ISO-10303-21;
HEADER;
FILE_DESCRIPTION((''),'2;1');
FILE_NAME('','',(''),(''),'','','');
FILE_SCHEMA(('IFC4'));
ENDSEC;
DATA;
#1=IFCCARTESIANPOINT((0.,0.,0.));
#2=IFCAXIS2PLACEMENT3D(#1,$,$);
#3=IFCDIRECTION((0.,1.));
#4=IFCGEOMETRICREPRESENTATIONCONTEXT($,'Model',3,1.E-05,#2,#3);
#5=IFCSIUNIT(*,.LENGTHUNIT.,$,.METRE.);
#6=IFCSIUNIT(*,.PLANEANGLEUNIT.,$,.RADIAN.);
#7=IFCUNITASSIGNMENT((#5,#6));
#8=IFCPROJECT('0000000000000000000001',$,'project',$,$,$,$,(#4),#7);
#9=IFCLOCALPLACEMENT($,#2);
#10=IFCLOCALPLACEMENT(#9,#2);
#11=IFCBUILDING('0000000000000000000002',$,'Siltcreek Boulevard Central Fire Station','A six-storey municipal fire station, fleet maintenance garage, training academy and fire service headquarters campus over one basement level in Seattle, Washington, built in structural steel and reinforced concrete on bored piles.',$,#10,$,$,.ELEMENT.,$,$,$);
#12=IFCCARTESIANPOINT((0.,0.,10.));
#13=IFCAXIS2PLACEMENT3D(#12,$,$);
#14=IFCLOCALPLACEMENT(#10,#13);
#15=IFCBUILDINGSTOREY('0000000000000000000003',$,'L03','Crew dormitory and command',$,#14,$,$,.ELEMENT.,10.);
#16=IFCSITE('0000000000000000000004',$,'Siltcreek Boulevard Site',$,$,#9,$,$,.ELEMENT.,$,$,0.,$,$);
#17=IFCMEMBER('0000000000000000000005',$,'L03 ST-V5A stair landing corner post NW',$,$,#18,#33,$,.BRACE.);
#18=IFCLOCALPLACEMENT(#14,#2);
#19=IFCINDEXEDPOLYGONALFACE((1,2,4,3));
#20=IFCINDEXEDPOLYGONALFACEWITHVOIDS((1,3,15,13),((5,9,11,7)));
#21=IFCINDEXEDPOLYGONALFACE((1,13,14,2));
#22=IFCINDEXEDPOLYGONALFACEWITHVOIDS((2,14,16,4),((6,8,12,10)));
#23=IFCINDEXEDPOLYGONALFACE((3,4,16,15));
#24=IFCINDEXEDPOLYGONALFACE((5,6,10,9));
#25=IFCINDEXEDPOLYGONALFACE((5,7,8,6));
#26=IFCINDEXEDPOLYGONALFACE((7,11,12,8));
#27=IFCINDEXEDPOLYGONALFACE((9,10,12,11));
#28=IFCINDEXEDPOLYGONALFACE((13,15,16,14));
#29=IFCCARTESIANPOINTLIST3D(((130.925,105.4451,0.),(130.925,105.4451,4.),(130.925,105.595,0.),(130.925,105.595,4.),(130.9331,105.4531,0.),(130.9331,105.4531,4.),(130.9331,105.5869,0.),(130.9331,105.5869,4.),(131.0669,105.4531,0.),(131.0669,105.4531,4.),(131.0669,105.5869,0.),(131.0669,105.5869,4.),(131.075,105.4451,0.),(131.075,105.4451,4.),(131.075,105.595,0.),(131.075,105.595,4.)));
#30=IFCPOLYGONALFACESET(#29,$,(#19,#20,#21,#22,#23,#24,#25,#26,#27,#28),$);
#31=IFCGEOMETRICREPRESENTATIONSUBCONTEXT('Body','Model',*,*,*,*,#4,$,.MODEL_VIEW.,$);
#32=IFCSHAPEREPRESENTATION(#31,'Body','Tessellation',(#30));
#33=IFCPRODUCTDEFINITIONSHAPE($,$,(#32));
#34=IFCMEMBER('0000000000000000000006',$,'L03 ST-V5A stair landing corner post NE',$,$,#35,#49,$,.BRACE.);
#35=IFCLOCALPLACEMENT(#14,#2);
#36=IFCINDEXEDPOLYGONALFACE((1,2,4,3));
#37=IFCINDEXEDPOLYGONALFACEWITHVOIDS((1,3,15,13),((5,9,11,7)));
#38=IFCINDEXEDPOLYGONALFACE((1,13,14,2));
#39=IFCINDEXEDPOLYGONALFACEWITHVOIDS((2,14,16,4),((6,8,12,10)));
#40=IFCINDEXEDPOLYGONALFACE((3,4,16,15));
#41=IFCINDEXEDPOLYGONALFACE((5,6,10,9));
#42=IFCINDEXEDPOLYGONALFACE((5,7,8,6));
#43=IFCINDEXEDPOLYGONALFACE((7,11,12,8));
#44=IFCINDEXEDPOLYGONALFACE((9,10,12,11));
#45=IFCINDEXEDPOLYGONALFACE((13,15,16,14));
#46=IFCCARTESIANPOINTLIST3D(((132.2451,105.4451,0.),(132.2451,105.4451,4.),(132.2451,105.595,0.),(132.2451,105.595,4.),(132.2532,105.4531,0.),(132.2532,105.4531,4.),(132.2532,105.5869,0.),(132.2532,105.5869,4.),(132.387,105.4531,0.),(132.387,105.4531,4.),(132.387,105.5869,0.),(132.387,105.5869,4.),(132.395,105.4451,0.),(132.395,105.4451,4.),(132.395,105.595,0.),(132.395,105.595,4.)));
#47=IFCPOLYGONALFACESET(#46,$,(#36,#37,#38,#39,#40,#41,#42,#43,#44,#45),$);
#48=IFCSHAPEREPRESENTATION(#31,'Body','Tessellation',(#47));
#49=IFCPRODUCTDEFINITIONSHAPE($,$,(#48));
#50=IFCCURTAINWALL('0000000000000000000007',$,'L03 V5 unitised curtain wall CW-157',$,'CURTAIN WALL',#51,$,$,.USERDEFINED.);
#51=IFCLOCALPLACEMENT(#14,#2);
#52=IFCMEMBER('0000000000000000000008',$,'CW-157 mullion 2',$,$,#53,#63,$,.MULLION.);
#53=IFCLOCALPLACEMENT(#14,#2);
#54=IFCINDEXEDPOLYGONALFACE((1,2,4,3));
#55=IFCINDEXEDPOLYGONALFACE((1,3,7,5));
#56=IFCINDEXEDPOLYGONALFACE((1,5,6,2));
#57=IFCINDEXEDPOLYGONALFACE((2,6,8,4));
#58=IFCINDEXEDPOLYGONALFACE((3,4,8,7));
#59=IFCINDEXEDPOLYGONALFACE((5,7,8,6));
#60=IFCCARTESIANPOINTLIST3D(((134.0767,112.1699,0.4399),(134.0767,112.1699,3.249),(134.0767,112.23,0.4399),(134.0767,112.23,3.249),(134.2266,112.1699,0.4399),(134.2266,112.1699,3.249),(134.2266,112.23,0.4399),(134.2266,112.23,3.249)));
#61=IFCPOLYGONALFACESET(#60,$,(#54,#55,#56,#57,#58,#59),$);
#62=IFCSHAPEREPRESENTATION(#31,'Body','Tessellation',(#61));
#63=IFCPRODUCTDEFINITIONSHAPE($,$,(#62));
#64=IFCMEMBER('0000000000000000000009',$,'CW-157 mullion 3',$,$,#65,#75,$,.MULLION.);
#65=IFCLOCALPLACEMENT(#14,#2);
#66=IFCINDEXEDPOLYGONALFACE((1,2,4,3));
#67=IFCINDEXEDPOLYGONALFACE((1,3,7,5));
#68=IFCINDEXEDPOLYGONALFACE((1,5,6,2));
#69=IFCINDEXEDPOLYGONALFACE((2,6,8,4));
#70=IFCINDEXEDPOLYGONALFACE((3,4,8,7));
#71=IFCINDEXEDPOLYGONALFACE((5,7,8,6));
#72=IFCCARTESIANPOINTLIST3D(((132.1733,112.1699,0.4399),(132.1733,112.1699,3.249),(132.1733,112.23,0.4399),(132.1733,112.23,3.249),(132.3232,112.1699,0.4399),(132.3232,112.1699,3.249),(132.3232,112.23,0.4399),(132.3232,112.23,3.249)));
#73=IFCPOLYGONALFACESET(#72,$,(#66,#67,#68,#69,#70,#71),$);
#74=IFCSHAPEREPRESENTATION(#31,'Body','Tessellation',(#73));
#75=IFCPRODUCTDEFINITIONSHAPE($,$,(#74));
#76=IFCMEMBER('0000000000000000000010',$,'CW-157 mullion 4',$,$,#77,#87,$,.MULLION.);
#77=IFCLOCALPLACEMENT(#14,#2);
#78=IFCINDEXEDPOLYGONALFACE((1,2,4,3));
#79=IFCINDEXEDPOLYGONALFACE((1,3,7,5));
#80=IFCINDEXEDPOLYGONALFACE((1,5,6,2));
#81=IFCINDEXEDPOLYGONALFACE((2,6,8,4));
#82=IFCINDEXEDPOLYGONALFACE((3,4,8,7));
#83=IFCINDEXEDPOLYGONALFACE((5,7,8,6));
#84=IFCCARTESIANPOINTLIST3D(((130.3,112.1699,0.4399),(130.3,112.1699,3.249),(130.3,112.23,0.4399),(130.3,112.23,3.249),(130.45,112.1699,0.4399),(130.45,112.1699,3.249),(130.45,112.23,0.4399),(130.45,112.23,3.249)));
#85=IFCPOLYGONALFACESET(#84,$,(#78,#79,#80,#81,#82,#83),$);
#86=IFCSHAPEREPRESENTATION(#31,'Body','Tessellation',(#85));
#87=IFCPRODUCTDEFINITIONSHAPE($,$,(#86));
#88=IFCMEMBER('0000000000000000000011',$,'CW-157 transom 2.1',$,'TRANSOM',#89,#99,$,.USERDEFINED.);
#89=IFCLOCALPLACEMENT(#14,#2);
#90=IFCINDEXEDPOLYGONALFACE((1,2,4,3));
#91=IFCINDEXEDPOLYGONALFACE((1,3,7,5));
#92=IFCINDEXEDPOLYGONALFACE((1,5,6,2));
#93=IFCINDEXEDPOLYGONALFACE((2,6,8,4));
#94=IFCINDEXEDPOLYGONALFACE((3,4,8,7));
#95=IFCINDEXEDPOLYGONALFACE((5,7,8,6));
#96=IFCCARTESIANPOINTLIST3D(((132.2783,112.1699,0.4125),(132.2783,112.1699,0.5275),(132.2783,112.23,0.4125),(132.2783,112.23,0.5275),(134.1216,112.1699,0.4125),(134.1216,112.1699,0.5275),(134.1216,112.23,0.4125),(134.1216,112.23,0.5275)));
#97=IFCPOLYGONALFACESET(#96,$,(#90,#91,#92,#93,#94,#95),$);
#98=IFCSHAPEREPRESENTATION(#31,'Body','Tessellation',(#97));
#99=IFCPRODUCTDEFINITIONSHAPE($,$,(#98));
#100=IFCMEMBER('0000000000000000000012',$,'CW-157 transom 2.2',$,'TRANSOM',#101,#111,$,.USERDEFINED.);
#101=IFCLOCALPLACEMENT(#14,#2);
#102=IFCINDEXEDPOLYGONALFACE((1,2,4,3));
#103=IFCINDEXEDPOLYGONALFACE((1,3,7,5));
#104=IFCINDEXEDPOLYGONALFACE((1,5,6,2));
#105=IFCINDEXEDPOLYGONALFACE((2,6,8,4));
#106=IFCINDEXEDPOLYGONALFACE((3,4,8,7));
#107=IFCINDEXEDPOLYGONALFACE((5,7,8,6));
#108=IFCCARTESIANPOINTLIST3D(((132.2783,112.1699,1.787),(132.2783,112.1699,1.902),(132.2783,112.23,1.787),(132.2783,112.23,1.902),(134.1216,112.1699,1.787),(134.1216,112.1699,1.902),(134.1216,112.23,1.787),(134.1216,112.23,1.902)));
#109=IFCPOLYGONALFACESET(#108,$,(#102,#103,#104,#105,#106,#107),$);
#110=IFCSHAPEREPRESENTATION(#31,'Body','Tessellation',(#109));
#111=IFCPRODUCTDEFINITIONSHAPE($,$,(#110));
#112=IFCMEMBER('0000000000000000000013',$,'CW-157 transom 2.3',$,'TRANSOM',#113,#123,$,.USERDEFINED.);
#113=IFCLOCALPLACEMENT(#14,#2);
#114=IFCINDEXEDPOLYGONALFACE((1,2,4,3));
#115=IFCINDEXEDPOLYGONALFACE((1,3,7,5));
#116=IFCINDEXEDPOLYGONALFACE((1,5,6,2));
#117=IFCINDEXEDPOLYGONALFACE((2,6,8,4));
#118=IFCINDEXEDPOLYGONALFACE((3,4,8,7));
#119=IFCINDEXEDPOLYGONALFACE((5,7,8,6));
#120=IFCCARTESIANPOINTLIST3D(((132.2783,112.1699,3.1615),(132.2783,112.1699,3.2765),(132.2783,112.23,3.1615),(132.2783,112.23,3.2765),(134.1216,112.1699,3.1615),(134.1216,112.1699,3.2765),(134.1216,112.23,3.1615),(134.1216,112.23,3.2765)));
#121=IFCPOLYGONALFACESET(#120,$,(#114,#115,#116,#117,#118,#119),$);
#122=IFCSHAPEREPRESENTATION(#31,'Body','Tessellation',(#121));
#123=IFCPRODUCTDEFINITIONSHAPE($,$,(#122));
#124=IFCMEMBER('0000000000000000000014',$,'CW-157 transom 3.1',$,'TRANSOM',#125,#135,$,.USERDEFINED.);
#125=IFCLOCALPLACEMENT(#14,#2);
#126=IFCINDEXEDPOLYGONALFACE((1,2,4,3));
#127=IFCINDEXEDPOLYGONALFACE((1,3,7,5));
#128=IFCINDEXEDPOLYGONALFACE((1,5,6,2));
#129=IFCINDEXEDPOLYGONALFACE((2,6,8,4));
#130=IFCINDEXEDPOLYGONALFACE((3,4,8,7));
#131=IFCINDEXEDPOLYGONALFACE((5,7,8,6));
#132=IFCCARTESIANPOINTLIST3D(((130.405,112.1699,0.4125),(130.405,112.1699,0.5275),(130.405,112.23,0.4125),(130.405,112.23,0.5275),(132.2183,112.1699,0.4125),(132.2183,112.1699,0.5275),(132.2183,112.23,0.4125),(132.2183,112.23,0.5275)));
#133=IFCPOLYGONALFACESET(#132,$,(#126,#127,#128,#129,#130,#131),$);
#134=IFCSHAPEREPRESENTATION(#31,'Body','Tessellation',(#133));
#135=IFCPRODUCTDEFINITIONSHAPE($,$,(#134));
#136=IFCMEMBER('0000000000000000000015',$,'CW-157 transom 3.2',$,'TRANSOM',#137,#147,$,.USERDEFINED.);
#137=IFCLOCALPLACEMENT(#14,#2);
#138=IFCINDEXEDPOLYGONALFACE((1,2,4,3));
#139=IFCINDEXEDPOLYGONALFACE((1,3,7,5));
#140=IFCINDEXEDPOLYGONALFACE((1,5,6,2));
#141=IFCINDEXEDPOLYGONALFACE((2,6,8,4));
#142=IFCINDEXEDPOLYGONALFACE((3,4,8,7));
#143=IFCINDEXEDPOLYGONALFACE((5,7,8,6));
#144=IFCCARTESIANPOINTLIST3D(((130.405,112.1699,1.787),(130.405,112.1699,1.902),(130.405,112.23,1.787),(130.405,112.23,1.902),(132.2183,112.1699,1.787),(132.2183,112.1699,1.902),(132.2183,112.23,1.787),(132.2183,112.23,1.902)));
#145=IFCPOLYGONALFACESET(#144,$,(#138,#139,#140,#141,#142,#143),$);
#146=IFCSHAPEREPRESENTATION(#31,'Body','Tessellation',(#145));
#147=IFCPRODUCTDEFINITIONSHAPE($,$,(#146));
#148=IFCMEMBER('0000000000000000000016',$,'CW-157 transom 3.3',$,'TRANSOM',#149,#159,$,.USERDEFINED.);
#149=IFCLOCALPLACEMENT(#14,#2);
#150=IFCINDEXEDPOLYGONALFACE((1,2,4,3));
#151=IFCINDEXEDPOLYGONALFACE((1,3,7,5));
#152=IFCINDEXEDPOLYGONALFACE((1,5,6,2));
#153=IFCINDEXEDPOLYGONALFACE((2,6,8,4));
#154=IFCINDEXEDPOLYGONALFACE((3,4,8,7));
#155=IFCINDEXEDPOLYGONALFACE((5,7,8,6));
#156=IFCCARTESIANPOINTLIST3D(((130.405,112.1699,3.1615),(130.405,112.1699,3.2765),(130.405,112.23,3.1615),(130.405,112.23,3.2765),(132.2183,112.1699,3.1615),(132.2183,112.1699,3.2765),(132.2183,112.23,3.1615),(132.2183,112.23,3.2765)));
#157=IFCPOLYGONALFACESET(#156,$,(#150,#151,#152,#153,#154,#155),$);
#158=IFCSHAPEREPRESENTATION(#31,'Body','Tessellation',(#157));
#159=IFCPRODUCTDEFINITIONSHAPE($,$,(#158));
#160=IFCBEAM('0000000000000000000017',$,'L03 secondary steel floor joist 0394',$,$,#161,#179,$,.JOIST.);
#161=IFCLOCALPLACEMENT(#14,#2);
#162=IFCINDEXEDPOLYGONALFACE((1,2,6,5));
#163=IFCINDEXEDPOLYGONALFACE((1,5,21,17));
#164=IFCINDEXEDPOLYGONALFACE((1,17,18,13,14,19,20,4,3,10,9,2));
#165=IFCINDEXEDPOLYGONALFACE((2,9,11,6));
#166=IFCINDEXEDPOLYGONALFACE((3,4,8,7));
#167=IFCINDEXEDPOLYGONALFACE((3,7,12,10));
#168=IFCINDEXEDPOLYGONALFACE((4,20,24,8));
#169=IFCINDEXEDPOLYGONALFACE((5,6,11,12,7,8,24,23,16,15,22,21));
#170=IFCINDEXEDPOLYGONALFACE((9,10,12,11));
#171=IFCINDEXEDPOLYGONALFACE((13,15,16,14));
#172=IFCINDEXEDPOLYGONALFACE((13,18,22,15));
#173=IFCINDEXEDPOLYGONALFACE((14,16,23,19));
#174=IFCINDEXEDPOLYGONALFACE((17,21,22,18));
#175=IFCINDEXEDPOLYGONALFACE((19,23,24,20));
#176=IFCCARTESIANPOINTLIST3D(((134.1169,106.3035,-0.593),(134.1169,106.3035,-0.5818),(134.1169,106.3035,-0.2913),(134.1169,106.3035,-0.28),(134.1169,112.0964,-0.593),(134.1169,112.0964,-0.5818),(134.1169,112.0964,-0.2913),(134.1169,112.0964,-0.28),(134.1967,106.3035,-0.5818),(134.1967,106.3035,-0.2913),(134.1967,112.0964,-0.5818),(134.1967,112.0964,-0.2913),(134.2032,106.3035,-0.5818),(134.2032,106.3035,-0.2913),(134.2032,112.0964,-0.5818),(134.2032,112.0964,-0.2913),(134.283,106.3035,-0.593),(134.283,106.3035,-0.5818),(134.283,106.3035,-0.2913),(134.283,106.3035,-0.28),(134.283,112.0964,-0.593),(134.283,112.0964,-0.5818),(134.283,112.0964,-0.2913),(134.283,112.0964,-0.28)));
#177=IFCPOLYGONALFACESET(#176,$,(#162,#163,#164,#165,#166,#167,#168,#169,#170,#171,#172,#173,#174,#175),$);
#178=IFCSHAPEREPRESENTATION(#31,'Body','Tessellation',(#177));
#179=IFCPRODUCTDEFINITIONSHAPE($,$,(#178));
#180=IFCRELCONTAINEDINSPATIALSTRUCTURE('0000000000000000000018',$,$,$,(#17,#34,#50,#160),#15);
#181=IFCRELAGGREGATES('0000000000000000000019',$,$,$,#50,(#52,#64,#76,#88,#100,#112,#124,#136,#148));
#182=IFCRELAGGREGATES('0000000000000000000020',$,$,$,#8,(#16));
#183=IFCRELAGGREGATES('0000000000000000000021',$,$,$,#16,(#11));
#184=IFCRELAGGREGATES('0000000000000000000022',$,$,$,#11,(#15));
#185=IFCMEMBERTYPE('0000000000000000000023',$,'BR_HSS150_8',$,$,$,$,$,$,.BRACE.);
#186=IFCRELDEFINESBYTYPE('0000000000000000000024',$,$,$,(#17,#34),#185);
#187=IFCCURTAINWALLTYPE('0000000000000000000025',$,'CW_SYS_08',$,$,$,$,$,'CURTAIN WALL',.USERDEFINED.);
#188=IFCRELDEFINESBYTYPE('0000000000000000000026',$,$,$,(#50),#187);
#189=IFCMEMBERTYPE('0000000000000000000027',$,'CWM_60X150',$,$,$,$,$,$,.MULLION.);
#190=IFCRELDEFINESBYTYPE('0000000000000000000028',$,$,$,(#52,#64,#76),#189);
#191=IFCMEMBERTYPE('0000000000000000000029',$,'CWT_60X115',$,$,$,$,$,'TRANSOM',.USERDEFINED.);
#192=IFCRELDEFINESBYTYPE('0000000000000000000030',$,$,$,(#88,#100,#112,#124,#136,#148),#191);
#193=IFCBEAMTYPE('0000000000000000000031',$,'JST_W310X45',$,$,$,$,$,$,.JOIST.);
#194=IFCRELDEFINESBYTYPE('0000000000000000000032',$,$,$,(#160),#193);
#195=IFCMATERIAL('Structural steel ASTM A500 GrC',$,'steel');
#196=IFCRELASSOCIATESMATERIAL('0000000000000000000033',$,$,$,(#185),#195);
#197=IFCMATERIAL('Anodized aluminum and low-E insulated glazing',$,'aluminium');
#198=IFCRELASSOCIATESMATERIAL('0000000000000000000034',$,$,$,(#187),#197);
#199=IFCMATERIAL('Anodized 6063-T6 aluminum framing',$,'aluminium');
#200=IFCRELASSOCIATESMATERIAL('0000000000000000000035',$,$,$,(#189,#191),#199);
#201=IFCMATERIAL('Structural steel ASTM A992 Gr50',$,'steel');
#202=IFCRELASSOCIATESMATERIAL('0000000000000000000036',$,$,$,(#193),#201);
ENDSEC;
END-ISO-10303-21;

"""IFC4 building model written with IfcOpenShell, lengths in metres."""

from ifc_helpers import new_model, si_unit, direction, frame, origin, origin_2d, place, context, subcontext, project, spatial, rectangle, hollow_rectangle, i_section, extrude, material, material_profile, profile_set, type_object, element, aggregate, save


model = new_model("IFC4")

# Units and contexts
model_context = context("Model", 3, precision=1e-05, world=origin(), true_north=direction((0.0, 1.0)))
body_context = subcontext(model_context, "Body", "Model", "MODEL_VIEW")
ifc_project = project(units=[si_unit("LENGTHUNIT", "METRE"), si_unit("PLANEANGLEUNIT", "RADIAN")], contexts=[model_context])

# Site, building, storey
site_placement = place(None, origin())
site = spatial("IfcSite", under=ifc_project, at=site_placement, Name="Siltcreek Boulevard Site", CompositionType="ELEMENT", RefElevation=0.0)
building_placement = place(site_placement, origin())
building = spatial("IfcBuilding", under=site, at=building_placement, Name="Siltcreek Boulevard Central Fire Station", Description="A six-storey municipal fire station, fleet maintenance garage, training academy and fire service headquarters campus over one basement level in Seattle, Washington, built in structural steel and reinforced concrete on bored piles.", CompositionType="ELEMENT")
storey_placement = place(building_placement, frame((0.0, 0.0, 10.0)))
storey = spatial("IfcBuildingStorey", under=building, at=storey_placement, Name="L03", Description="Crew dormitory and command", CompositionType="ELEMENT", Elevation=10.0)

# Members
ifc_material_1 = material(Name="Structural steel ASTM A500 GrC", Category="steel")
ifc_material_profile_1 = material_profile(ifc_material_1, hollow_rectangle(XDim=0.1499, YDim=0.1499, WallThickness=0.0081, at=origin_2d()), Name="HSS150X150X8.0")
ifc_profile_set_1 = profile_set([ifc_material_profile_1], Name="Structural steel ASTM A500 GrC")
member_type_1 = type_object("IfcMemberType", Name="BR_HSS150_8", PredefinedType="BRACE", material=ifc_profile_set_1)
for number, where, z_axis, x_axis, name in (
    (1, (131.0, 105.52, 0.0), (0.0, 0.0, 1.0), (1.0, 0.0, 0.0), "L03 ST-V5A stair landing corner post NW"),
    (2, (132.3201, 105.52, 0.0), (0.0, 0.0, 1.0), (1.0, 0.0, 0.0), "L03 ST-V5A stair landing corner post NE"),
):
    element("IfcMember", number, at=place(storey_placement, frame(where, z_axis=z_axis, x_axis=x_axis)), inside=storey, type_object=member_type_1, Name=name, PredefinedType="BRACE", context=body_context, shape_type="SweptSolid", body=[
        extrude(hollow_rectangle(XDim=0.1499, YDim=0.1499, WallThickness=0.0081, at=origin_2d()), origin(), (0.0, 0.0, 1.0), 4.0),
    ])

# Curtain wall, members
ifc_material_2 = material(Name="Anodized aluminum and low-E insulated glazing", Category="aluminium")
curtain_wall_type = type_object("IfcCurtainWallType", Name="CW_SYS_08", ElementType="CURTAIN WALL", PredefinedType="USERDEFINED", material=ifc_material_2)
curtain_wall_placement = place(storey_placement, origin())
curtain_wall = element("IfcCurtainWall", 3, at=curtain_wall_placement, inside=storey, type_object=curtain_wall_type, Name="L03 V5 unitised curtain wall CW-157", ObjectType="CURTAIN WALL", PredefinedType="USERDEFINED")
ifc_material_3 = material(Name="Anodized 6063-T6 aluminum framing", Category="aluminium")
ifc_material_profile_2 = material_profile(ifc_material_3, rectangle(XDim=0.0601, YDim=0.1499, at=origin_2d()), Name="MULL60X150")
ifc_profile_set_2 = profile_set([ifc_material_profile_2], Name="Anodized 6063-T6 aluminum framing")
member_type_2 = type_object("IfcMemberType", Name="CWM_60X150", PredefinedType="MULLION", material=ifc_profile_set_2)
member_1_placement = place(storey_placement, frame((134.1516, 112.2, 0.4399), z_axis=(0.0, 0.0, 1.0), x_axis=(0.0, -1.0, 0.0)))
member_1 = element("IfcMember", 4, at=member_1_placement, type_object=member_type_2, Name="CW-157 mullion 2", PredefinedType="MULLION", context=body_context, shape_type="SweptSolid", body=[
    extrude(rectangle(XDim=0.0601, YDim=0.1499, at=origin_2d()), origin(), (0.0, 0.0, 1.0), 2.8091),
])
member_2_placement = place(storey_placement, frame((132.2483, 112.2, 0.4399), z_axis=(0.0, 0.0, 1.0), x_axis=(0.0, -1.0, 0.0)))
member_2 = element("IfcMember", 5, at=member_2_placement, type_object=member_type_2, Name="CW-157 mullion 3", PredefinedType="MULLION", context=body_context, shape_type="SweptSolid", body=[
    extrude(rectangle(XDim=0.0601, YDim=0.1499, at=origin_2d()), origin(), (0.0, 0.0, 1.0), 2.8091),
])
member_3_placement = place(storey_placement, frame((130.375, 112.2, 0.4399), z_axis=(0.0, 0.0, 1.0), x_axis=(0.0, -1.0, 0.0)))
member_3 = element("IfcMember", 6, at=member_3_placement, type_object=member_type_2, Name="CW-157 mullion 4", PredefinedType="MULLION", context=body_context, shape_type="SweptSolid", body=[
    extrude(rectangle(XDim=0.0601, YDim=0.1499, at=origin_2d()), origin(), (0.0, 0.0, 1.0), 2.8091),
])
ifc_material_profile_3 = material_profile(ifc_material_3, rectangle(XDim=0.0601, YDim=0.115, at=origin_2d()), Name="TRAN60X115")
ifc_profile_set_3 = profile_set([ifc_material_profile_3], Name="Anodized 6063-T6 aluminum framing")
member_type_3 = type_object("IfcMemberType", Name="CWT_60X115", ElementType="TRANSOM", PredefinedType="USERDEFINED", material=ifc_profile_set_3)
member_4_placement = place(storey_placement, frame((134.1216, 112.2, 0.47), z_axis=(-1.0, 0.0, 0.0), x_axis=(0.0, -1.0, 0.0)))
member_4 = element("IfcMember", 7, at=member_4_placement, type_object=member_type_3, Name="CW-157 transom 2.1", ObjectType="TRANSOM", PredefinedType="USERDEFINED", context=body_context, shape_type="SweptSolid", body=[
    extrude(rectangle(XDim=0.0601, YDim=0.115, at=origin_2d()), origin(), (0.0, 0.0, 1.0), 1.8433),
])
member_5_placement = place(storey_placement, frame((134.1216, 112.2, 1.8445), z_axis=(-1.0, 0.0, 0.0), x_axis=(0.0, -1.0, 0.0)))
member_5 = element("IfcMember", 8, at=member_5_placement, type_object=member_type_3, Name="CW-157 transom 2.2", ObjectType="TRANSOM", PredefinedType="USERDEFINED", context=body_context, shape_type="SweptSolid", body=[
    extrude(rectangle(XDim=0.0601, YDim=0.115, at=origin_2d()), origin(), (0.0, 0.0, 1.0), 1.8433),
])
member_6_placement = place(storey_placement, frame((134.1216, 112.2, 3.219), z_axis=(-1.0, 0.0, 0.0), x_axis=(0.0, -1.0, 0.0)))
member_6 = element("IfcMember", 9, at=member_6_placement, type_object=member_type_3, Name="CW-157 transom 2.3", ObjectType="TRANSOM", PredefinedType="USERDEFINED", context=body_context, shape_type="SweptSolid", body=[
    extrude(rectangle(XDim=0.0601, YDim=0.115, at=origin_2d()), origin(), (0.0, 0.0, 1.0), 1.8433),
])
member_7_placement = place(storey_placement, frame((132.2183, 112.2, 0.47), z_axis=(-1.0, 0.0, 0.0), x_axis=(0.0, -1.0, 0.0)))
member_7 = element("IfcMember", 10, at=member_7_placement, type_object=member_type_3, Name="CW-157 transom 3.1", ObjectType="TRANSOM", PredefinedType="USERDEFINED", context=body_context, shape_type="SweptSolid", body=[
    extrude(rectangle(XDim=0.0601, YDim=0.115, at=origin_2d()), origin(), (0.0, 0.0, 1.0), 1.8132),
])
member_8_placement = place(storey_placement, frame((132.2183, 112.2, 1.8445), z_axis=(-1.0, 0.0, 0.0), x_axis=(0.0, -1.0, 0.0)))
member_8 = element("IfcMember", 11, at=member_8_placement, type_object=member_type_3, Name="CW-157 transom 3.2", ObjectType="TRANSOM", PredefinedType="USERDEFINED", context=body_context, shape_type="SweptSolid", body=[
    extrude(rectangle(XDim=0.0601, YDim=0.115, at=origin_2d()), origin(), (0.0, 0.0, 1.0), 1.8132),
])
member_9_placement = place(storey_placement, frame((132.2183, 112.2, 3.219), z_axis=(-1.0, 0.0, 0.0), x_axis=(0.0, -1.0, 0.0)))
member_9 = element("IfcMember", 12, at=member_9_placement, type_object=member_type_3, Name="CW-157 transom 3.3", ObjectType="TRANSOM", PredefinedType="USERDEFINED", context=body_context, shape_type="SweptSolid", body=[
    extrude(rectangle(XDim=0.0601, YDim=0.115, at=origin_2d()), origin(), (0.0, 0.0, 1.0), 1.8132),
])

# Beam
ifc_material_4 = material(Name="Structural steel ASTM A992 Gr50", Category="steel")
ifc_material_profile_4 = material_profile(ifc_material_4, i_section(OverallWidth=0.166, OverallDepth=0.313, WebThickness=0.0066, FlangeThickness=0.0112, at=origin_2d()), Name="W310X45")
ifc_profile_set_4 = profile_set([ifc_material_profile_4], Name="Structural steel ASTM A992 Gr50")
beam_type_1 = type_object("IfcBeamType", Name="JST_W310X45", PredefinedType="JOIST", material=ifc_profile_set_4)
beam_1_placement = place(storey_placement, frame((134.2, 106.3035, -0.4365), z_axis=(0.0, 1.0, 0.0), x_axis=(-1.0, 0.0, 0.0)))
element("IfcBeam", 13, at=beam_1_placement, inside=storey, type_object=beam_type_1, Name="L03 secondary steel floor joist 0394", PredefinedType="JOIST", context=body_context, shape_type="SweptSolid", body=[
    extrude(i_section(OverallWidth=0.166, OverallDepth=0.313, WebThickness=0.0066, FlangeThickness=0.0112, at=origin_2d()), origin(), (0.0, 0.0, 1.0), 5.793),
])

aggregate(curtain_wall, [member_1, member_2, member_3, member_4, member_5, member_6, member_7, member_8, member_9])

save(model, "model.ifc")
